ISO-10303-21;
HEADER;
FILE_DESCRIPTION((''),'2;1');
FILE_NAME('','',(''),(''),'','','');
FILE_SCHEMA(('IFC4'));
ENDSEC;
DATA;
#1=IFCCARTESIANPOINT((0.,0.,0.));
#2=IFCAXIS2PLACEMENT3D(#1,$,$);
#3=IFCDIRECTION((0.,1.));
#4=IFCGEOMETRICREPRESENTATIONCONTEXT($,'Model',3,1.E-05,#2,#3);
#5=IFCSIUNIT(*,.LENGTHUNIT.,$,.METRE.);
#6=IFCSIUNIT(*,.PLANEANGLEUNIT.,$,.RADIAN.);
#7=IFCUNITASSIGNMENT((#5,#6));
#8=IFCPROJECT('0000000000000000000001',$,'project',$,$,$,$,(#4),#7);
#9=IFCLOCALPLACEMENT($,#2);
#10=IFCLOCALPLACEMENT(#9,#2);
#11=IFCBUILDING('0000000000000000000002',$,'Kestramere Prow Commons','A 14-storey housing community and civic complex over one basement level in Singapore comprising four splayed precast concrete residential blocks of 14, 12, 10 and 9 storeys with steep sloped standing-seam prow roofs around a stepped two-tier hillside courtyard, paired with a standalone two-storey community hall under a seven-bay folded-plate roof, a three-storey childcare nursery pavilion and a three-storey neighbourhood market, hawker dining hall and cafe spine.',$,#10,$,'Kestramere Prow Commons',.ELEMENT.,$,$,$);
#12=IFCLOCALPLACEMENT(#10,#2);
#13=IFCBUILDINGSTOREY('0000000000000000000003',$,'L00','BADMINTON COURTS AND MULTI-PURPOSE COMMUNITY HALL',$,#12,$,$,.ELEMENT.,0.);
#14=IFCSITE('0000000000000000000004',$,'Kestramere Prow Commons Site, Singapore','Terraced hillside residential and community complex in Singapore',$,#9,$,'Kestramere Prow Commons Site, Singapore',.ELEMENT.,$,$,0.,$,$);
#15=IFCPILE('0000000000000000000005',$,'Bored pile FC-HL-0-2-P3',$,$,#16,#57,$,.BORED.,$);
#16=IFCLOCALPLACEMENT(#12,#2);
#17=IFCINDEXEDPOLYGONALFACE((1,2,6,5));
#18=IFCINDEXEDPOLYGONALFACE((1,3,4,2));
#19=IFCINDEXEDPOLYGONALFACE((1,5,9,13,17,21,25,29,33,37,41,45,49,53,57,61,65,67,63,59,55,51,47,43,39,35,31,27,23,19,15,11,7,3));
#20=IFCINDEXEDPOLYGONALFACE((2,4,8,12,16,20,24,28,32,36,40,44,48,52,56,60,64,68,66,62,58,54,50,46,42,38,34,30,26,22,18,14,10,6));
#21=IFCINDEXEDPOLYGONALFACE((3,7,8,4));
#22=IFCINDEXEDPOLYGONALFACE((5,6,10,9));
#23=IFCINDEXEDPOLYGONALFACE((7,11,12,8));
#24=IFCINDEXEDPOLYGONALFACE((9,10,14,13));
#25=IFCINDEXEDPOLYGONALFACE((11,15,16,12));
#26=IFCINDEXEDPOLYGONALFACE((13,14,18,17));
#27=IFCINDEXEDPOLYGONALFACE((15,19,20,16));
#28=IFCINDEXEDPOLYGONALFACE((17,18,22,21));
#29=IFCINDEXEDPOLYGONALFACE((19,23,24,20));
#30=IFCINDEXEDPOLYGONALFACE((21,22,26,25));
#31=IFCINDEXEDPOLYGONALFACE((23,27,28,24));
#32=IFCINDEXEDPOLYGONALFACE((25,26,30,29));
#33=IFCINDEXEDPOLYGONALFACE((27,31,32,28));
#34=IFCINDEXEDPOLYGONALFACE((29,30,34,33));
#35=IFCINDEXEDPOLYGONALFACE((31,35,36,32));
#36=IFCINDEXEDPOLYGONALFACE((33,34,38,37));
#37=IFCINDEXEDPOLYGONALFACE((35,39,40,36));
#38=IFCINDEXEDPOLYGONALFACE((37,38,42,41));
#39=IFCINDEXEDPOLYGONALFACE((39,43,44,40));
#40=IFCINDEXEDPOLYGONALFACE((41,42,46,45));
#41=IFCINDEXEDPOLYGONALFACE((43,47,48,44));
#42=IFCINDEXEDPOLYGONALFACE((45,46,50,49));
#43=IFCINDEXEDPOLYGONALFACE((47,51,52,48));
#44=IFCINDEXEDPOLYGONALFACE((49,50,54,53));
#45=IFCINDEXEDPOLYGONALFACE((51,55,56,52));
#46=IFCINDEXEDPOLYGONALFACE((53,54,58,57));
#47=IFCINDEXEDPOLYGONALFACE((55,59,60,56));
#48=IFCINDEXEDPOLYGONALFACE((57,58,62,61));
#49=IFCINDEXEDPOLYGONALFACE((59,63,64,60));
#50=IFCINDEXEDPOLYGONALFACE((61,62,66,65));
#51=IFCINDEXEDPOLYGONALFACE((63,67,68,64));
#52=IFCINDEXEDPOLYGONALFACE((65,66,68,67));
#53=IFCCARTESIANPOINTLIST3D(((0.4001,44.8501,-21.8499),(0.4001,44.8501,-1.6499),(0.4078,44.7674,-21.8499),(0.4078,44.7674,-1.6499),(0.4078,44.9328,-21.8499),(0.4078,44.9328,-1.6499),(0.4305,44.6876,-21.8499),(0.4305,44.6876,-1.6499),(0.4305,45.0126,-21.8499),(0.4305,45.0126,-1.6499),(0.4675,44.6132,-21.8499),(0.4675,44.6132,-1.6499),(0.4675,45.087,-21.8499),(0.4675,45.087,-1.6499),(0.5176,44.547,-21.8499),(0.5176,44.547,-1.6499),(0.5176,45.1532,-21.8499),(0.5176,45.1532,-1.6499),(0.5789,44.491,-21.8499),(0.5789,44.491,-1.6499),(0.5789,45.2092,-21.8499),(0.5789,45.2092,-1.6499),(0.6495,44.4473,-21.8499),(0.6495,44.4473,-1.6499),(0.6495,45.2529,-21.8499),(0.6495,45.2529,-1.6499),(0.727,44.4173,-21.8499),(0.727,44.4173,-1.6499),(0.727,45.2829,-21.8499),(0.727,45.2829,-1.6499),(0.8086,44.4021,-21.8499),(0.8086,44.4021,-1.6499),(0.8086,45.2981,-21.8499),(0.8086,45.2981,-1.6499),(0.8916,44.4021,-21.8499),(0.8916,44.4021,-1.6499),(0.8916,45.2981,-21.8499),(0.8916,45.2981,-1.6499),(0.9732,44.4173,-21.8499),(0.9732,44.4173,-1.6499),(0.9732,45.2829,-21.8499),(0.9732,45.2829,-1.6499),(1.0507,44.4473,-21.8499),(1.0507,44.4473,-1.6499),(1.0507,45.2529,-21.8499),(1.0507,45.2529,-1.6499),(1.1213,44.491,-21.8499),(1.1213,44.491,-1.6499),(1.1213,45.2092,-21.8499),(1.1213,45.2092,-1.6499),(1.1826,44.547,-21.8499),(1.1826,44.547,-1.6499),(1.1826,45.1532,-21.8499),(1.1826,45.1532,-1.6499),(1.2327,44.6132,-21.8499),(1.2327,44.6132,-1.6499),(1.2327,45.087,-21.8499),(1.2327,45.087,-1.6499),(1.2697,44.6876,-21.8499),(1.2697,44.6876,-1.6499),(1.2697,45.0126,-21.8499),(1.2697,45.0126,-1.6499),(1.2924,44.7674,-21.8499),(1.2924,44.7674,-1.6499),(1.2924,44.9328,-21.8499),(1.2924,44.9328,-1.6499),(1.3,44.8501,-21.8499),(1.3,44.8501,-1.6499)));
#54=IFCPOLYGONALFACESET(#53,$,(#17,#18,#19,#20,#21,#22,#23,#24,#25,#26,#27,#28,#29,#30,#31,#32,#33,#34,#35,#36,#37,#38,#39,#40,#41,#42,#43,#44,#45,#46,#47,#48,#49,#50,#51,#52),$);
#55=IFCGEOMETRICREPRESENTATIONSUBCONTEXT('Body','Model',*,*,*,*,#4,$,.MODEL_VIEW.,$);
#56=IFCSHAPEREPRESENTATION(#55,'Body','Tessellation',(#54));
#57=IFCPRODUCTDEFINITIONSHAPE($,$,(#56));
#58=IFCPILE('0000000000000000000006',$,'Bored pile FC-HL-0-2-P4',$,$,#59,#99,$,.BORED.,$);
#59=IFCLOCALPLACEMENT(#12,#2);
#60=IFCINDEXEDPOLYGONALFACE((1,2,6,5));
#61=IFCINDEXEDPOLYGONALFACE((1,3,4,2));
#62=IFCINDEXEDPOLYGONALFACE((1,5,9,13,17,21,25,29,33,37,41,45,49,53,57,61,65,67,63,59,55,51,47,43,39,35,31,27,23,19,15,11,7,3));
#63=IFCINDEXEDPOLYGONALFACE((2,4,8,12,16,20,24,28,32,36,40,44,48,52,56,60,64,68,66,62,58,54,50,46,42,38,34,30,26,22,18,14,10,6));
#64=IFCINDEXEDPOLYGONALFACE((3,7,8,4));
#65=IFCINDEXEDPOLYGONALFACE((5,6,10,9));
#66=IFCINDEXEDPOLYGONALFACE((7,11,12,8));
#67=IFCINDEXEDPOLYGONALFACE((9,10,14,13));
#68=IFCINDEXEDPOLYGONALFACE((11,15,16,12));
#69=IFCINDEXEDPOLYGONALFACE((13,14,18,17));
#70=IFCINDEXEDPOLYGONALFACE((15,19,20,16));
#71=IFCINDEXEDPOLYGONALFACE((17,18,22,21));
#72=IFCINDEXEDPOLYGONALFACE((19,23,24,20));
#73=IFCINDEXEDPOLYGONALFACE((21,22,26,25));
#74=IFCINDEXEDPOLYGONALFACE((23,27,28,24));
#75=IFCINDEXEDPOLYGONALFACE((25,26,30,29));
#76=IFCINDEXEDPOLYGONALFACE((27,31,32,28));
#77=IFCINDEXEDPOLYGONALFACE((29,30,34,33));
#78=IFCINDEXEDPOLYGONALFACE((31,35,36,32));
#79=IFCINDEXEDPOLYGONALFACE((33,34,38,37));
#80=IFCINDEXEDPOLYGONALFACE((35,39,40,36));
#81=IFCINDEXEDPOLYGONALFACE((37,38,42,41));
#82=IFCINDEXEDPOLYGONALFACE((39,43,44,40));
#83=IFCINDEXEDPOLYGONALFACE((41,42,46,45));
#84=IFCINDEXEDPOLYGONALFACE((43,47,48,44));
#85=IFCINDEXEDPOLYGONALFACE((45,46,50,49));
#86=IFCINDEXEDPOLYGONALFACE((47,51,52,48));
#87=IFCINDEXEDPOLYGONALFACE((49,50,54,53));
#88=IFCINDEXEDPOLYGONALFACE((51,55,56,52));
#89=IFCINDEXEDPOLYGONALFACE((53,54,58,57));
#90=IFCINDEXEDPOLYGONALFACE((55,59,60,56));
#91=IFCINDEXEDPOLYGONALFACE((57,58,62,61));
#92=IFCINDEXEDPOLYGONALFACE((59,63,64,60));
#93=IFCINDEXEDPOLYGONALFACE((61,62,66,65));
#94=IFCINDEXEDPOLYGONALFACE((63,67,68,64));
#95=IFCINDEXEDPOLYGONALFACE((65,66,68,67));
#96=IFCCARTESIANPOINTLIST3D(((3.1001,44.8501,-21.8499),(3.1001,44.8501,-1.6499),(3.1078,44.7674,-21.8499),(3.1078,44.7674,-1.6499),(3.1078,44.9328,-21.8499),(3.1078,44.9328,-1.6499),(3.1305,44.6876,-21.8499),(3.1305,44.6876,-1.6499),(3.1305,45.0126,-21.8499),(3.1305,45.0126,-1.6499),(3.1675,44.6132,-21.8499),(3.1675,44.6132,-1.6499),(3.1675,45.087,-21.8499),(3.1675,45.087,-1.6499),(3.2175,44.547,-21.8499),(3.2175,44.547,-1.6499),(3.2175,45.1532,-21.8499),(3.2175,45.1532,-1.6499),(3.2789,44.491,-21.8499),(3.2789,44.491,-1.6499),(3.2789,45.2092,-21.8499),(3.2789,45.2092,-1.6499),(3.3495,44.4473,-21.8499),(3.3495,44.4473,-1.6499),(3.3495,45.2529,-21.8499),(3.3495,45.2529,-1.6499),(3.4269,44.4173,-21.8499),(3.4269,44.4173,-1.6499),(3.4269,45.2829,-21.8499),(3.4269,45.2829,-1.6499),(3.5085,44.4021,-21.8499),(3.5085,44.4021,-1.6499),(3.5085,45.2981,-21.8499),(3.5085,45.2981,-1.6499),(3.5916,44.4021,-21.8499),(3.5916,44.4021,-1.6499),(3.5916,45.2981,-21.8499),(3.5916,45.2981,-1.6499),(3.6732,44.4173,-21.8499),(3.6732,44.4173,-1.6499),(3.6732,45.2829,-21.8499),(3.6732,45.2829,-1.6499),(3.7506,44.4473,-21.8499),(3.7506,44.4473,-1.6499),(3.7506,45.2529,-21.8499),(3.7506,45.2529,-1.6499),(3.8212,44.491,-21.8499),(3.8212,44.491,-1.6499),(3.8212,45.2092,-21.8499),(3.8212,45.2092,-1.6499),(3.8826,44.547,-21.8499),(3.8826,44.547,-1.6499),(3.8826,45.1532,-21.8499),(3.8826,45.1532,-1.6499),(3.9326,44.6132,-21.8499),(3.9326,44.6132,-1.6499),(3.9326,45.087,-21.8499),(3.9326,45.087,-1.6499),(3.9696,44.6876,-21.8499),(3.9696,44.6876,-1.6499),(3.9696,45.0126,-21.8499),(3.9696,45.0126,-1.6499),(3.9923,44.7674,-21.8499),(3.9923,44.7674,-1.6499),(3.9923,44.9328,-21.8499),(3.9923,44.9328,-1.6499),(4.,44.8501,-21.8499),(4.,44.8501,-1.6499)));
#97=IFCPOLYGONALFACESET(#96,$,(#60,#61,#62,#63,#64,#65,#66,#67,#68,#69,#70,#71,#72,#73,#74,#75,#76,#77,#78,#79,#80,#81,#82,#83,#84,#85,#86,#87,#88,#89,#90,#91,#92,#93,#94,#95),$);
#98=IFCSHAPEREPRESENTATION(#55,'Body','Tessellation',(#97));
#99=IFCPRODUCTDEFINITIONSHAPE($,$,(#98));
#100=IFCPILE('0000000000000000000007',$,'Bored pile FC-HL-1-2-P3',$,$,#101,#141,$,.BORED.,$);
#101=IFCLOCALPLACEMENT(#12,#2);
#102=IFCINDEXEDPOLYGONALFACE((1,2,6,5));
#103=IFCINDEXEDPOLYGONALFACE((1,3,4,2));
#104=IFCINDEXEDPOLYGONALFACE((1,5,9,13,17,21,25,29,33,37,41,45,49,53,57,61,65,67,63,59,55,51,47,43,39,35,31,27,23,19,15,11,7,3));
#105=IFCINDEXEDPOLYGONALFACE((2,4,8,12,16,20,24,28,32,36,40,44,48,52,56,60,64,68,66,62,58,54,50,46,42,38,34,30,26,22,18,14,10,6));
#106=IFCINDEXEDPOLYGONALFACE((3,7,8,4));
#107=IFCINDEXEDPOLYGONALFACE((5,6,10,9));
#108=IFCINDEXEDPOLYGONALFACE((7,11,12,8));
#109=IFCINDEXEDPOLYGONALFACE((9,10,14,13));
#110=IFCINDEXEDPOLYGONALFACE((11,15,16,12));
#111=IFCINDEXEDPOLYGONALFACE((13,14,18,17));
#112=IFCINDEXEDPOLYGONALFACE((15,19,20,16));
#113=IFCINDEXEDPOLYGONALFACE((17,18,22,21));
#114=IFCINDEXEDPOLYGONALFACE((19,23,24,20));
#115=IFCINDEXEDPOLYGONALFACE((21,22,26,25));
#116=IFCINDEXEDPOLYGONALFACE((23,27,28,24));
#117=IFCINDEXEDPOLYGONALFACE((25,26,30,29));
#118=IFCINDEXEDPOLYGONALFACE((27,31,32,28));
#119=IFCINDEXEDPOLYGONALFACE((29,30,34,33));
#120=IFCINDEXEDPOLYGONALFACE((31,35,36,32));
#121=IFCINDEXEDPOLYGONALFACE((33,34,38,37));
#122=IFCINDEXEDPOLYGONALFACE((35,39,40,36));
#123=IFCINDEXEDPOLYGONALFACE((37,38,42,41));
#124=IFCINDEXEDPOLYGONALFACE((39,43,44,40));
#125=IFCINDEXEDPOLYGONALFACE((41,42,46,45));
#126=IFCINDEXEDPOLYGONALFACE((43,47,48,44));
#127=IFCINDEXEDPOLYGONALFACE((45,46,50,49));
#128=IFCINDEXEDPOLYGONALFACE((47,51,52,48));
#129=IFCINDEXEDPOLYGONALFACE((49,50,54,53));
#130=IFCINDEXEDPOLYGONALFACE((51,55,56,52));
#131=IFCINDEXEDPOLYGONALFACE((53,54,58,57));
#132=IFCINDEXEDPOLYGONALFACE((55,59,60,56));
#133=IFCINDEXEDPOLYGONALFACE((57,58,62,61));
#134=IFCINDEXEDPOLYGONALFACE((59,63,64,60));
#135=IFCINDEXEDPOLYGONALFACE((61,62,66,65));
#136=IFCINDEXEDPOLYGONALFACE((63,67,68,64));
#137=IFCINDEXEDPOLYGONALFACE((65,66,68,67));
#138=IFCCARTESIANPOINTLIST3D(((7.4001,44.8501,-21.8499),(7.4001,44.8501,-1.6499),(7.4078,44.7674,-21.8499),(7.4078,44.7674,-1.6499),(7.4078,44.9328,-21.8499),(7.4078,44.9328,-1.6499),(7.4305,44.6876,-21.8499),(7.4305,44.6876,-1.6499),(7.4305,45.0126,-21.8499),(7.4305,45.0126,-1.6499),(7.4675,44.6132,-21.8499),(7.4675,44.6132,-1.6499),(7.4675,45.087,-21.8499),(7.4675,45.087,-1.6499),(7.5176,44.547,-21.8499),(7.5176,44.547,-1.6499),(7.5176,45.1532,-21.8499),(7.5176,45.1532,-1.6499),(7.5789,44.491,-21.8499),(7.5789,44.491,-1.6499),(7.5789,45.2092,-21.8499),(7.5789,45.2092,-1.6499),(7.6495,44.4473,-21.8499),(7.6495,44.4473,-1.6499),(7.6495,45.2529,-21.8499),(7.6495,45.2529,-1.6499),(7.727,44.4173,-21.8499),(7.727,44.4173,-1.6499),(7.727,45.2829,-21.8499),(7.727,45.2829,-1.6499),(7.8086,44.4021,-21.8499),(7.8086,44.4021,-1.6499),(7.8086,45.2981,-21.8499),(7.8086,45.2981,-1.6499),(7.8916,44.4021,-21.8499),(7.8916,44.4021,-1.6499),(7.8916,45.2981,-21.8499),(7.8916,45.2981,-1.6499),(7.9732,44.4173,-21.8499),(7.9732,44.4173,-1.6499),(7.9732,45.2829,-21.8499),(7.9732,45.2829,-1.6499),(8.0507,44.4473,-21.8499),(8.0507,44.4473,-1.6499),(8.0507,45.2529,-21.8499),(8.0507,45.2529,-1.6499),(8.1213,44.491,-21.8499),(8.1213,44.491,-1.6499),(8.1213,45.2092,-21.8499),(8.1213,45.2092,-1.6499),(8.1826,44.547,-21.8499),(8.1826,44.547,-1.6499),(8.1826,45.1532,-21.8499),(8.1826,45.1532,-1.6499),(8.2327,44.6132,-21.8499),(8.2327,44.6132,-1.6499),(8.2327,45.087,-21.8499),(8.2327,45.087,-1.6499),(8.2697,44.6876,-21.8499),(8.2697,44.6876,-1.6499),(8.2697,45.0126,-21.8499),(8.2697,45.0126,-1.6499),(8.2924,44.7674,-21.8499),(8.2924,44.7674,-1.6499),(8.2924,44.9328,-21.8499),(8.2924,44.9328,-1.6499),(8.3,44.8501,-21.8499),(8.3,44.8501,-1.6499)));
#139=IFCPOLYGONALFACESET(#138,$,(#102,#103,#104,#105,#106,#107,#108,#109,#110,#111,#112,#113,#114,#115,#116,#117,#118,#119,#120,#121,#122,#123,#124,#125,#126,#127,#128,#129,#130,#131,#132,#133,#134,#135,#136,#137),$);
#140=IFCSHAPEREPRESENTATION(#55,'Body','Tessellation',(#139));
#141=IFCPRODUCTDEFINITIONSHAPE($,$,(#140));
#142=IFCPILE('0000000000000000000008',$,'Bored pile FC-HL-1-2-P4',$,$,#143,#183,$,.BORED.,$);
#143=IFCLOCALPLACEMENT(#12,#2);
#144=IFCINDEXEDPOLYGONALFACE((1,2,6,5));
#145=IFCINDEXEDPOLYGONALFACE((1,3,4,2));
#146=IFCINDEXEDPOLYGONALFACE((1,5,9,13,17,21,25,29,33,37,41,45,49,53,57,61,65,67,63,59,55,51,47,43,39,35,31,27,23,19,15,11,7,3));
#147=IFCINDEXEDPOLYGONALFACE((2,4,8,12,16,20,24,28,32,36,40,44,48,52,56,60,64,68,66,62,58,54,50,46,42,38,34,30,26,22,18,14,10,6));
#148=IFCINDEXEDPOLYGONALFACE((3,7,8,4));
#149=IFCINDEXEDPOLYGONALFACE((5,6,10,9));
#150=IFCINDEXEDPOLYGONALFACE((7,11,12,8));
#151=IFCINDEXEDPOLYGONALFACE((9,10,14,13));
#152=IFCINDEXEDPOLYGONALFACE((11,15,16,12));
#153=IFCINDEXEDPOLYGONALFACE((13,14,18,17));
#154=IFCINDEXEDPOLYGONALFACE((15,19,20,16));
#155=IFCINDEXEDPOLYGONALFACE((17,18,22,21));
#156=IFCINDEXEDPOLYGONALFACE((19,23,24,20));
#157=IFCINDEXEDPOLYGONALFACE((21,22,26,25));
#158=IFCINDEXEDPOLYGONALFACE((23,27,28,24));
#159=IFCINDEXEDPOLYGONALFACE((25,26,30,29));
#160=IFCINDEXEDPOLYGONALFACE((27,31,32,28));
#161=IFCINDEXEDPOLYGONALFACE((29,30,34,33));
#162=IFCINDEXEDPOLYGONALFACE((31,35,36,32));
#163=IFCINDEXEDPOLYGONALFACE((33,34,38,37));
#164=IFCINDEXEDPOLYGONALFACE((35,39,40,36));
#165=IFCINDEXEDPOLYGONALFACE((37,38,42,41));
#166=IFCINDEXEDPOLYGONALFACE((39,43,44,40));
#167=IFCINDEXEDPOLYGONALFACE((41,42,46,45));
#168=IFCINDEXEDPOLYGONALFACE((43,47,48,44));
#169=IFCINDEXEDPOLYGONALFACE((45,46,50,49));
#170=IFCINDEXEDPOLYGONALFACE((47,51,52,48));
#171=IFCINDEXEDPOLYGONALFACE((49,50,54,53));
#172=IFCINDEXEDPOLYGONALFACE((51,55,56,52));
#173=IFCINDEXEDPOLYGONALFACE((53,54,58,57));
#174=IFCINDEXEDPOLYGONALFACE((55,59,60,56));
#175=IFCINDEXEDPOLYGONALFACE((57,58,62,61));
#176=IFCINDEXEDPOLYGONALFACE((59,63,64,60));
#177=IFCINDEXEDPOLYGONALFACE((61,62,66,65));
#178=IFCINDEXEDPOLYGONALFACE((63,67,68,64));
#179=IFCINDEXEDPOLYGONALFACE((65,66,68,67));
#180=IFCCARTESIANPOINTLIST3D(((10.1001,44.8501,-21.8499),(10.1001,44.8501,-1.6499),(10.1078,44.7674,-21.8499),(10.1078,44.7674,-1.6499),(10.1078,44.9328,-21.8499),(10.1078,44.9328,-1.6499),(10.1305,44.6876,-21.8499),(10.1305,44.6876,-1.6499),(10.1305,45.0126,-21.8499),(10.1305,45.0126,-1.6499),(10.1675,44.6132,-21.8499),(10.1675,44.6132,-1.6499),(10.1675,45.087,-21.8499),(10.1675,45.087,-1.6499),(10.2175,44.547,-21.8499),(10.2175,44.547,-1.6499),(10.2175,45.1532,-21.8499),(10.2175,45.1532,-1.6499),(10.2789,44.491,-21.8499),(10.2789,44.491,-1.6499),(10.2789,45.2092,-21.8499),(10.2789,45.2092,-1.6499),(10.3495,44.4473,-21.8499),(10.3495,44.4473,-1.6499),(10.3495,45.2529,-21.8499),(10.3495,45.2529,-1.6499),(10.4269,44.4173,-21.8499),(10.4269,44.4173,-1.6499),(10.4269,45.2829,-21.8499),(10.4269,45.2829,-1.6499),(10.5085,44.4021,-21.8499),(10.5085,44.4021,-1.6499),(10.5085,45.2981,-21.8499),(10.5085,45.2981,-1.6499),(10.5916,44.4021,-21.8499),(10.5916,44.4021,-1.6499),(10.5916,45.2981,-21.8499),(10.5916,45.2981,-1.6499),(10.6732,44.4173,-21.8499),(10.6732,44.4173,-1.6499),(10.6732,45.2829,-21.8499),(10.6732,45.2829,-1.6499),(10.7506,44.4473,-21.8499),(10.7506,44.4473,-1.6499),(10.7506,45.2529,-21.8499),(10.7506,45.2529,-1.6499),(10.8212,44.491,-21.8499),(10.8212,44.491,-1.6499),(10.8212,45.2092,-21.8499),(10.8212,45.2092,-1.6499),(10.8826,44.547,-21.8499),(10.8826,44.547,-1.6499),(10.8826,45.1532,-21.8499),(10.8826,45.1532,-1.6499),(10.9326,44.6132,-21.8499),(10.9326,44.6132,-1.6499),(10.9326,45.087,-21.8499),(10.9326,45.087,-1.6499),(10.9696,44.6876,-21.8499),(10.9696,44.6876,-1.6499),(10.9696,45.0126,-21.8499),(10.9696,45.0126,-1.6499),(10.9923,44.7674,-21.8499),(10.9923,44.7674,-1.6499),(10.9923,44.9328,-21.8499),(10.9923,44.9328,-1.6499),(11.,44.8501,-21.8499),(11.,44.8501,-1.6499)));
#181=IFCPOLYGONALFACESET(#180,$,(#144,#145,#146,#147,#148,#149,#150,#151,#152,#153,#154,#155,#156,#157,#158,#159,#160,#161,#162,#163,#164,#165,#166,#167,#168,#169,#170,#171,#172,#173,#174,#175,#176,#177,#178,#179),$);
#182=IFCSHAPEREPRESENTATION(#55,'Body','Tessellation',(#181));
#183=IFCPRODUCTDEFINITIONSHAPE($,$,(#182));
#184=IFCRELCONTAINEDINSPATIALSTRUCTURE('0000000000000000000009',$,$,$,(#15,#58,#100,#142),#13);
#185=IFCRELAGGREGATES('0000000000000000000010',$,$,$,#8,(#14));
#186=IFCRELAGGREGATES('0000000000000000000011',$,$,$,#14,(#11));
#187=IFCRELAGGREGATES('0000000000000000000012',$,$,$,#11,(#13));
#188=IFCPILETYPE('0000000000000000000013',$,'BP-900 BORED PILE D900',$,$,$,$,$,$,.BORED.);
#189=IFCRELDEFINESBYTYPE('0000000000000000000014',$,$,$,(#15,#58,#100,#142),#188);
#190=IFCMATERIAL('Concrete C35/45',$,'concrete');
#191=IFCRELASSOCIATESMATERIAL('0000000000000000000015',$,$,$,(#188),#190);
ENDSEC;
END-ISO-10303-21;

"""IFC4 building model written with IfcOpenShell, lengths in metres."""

from ifc_helpers import new_model, si_unit, direction, frame, origin, origin_2d, place, context, subcontext, project, spatial, circle, extrude, material, material_profile, profile_set, type_object, element, save


model = new_model("IFC4")

# Units and contexts
model_context = context("Model", 3, precision=1e-05, world=origin(), true_north=direction((0.0, 1.0)))
body_context = subcontext(model_context, "Body", "Model", "MODEL_VIEW")
ifc_project = project(units=[si_unit("LENGTHUNIT", "METRE"), si_unit("PLANEANGLEUNIT", "RADIAN")], contexts=[model_context])

# Site, building, storey
site_placement = place(None, origin())
site = spatial("IfcSite", under=ifc_project, at=site_placement, Name="Kestramere Prow Commons Site, Singapore", Description="Terraced hillside residential and community complex in Singapore", LongName="Kestramere Prow Commons Site, Singapore", CompositionType="ELEMENT", RefElevation=0.0)
building_placement = place(site_placement, origin())
building = spatial("IfcBuilding", under=site, at=building_placement, Name="Kestramere Prow Commons", Description="A 14-storey housing community and civic complex over one basement level in Singapore comprising four splayed precast concrete residential blocks of 14, 12, 10 and 9 storeys with steep sloped standing-seam prow roofs around a stepped two-tier hillside courtyard, paired with a standalone two-storey community hall under a seven-bay folded-plate roof, a three-storey childcare nursery pavilion and a three-storey neighbourhood market, hawker dining hall and cafe spine.", LongName="Kestramere Prow Commons", CompositionType="ELEMENT")
storey_placement = place(building_placement, origin())
storey = spatial("IfcBuildingStorey", under=building, at=storey_placement, Name="L00", Description="BADMINTON COURTS AND MULTI-PURPOSE COMMUNITY HALL", CompositionType="ELEMENT", Elevation=0.0)

# Piles
ifc_material_1 = material(Name="Concrete C35/45", Category="concrete")
ifc_material_profile_1 = material_profile(ifc_material_1, circle(Radius=0.45, at=origin_2d()), Name="BORED PILE D900")
ifc_profile_set_1 = profile_set([ifc_material_profile_1], Name="Concrete C35/45")
pile_type = type_object("IfcPileType", Name="BP-900 BORED PILE D900", PredefinedType="BORED", material=ifc_profile_set_1)
for number, where, z_axis, x_axis, name in (
    (1, (0.8501, 44.8501, -1.6499), (0.0, 0.0, -1.0), (1.0, 0.0, 0.0), "Bored pile FC-HL-0-2-P3"),
    (2, (3.55, 44.8501, -1.6499), (0.0, 0.0, -1.0), (1.0, 0.0, 0.0), "Bored pile FC-HL-0-2-P4"),
    (3, (7.8501, 44.8501, -1.6499), (0.0, 0.0, -1.0), (1.0, 0.0, 0.0), "Bored pile FC-HL-1-2-P3"),
    (4, (10.55, 44.8501, -1.6499), (0.0, 0.0, -1.0), (1.0, 0.0, 0.0), "Bored pile FC-HL-1-2-P4"),
):
    element("IfcPile", number, at=place(storey_placement, frame(where, z_axis=z_axis, x_axis=x_axis)), inside=storey, type_object=pile_type, Name=name, PredefinedType="BORED", context=body_context, shape_type="SweptSolid", body=[
        extrude(circle(Radius=0.45, at=origin_2d()), origin(), (0.0, 0.0, 1.0), 20.2),
    ])

save(model, "model.ifc")
